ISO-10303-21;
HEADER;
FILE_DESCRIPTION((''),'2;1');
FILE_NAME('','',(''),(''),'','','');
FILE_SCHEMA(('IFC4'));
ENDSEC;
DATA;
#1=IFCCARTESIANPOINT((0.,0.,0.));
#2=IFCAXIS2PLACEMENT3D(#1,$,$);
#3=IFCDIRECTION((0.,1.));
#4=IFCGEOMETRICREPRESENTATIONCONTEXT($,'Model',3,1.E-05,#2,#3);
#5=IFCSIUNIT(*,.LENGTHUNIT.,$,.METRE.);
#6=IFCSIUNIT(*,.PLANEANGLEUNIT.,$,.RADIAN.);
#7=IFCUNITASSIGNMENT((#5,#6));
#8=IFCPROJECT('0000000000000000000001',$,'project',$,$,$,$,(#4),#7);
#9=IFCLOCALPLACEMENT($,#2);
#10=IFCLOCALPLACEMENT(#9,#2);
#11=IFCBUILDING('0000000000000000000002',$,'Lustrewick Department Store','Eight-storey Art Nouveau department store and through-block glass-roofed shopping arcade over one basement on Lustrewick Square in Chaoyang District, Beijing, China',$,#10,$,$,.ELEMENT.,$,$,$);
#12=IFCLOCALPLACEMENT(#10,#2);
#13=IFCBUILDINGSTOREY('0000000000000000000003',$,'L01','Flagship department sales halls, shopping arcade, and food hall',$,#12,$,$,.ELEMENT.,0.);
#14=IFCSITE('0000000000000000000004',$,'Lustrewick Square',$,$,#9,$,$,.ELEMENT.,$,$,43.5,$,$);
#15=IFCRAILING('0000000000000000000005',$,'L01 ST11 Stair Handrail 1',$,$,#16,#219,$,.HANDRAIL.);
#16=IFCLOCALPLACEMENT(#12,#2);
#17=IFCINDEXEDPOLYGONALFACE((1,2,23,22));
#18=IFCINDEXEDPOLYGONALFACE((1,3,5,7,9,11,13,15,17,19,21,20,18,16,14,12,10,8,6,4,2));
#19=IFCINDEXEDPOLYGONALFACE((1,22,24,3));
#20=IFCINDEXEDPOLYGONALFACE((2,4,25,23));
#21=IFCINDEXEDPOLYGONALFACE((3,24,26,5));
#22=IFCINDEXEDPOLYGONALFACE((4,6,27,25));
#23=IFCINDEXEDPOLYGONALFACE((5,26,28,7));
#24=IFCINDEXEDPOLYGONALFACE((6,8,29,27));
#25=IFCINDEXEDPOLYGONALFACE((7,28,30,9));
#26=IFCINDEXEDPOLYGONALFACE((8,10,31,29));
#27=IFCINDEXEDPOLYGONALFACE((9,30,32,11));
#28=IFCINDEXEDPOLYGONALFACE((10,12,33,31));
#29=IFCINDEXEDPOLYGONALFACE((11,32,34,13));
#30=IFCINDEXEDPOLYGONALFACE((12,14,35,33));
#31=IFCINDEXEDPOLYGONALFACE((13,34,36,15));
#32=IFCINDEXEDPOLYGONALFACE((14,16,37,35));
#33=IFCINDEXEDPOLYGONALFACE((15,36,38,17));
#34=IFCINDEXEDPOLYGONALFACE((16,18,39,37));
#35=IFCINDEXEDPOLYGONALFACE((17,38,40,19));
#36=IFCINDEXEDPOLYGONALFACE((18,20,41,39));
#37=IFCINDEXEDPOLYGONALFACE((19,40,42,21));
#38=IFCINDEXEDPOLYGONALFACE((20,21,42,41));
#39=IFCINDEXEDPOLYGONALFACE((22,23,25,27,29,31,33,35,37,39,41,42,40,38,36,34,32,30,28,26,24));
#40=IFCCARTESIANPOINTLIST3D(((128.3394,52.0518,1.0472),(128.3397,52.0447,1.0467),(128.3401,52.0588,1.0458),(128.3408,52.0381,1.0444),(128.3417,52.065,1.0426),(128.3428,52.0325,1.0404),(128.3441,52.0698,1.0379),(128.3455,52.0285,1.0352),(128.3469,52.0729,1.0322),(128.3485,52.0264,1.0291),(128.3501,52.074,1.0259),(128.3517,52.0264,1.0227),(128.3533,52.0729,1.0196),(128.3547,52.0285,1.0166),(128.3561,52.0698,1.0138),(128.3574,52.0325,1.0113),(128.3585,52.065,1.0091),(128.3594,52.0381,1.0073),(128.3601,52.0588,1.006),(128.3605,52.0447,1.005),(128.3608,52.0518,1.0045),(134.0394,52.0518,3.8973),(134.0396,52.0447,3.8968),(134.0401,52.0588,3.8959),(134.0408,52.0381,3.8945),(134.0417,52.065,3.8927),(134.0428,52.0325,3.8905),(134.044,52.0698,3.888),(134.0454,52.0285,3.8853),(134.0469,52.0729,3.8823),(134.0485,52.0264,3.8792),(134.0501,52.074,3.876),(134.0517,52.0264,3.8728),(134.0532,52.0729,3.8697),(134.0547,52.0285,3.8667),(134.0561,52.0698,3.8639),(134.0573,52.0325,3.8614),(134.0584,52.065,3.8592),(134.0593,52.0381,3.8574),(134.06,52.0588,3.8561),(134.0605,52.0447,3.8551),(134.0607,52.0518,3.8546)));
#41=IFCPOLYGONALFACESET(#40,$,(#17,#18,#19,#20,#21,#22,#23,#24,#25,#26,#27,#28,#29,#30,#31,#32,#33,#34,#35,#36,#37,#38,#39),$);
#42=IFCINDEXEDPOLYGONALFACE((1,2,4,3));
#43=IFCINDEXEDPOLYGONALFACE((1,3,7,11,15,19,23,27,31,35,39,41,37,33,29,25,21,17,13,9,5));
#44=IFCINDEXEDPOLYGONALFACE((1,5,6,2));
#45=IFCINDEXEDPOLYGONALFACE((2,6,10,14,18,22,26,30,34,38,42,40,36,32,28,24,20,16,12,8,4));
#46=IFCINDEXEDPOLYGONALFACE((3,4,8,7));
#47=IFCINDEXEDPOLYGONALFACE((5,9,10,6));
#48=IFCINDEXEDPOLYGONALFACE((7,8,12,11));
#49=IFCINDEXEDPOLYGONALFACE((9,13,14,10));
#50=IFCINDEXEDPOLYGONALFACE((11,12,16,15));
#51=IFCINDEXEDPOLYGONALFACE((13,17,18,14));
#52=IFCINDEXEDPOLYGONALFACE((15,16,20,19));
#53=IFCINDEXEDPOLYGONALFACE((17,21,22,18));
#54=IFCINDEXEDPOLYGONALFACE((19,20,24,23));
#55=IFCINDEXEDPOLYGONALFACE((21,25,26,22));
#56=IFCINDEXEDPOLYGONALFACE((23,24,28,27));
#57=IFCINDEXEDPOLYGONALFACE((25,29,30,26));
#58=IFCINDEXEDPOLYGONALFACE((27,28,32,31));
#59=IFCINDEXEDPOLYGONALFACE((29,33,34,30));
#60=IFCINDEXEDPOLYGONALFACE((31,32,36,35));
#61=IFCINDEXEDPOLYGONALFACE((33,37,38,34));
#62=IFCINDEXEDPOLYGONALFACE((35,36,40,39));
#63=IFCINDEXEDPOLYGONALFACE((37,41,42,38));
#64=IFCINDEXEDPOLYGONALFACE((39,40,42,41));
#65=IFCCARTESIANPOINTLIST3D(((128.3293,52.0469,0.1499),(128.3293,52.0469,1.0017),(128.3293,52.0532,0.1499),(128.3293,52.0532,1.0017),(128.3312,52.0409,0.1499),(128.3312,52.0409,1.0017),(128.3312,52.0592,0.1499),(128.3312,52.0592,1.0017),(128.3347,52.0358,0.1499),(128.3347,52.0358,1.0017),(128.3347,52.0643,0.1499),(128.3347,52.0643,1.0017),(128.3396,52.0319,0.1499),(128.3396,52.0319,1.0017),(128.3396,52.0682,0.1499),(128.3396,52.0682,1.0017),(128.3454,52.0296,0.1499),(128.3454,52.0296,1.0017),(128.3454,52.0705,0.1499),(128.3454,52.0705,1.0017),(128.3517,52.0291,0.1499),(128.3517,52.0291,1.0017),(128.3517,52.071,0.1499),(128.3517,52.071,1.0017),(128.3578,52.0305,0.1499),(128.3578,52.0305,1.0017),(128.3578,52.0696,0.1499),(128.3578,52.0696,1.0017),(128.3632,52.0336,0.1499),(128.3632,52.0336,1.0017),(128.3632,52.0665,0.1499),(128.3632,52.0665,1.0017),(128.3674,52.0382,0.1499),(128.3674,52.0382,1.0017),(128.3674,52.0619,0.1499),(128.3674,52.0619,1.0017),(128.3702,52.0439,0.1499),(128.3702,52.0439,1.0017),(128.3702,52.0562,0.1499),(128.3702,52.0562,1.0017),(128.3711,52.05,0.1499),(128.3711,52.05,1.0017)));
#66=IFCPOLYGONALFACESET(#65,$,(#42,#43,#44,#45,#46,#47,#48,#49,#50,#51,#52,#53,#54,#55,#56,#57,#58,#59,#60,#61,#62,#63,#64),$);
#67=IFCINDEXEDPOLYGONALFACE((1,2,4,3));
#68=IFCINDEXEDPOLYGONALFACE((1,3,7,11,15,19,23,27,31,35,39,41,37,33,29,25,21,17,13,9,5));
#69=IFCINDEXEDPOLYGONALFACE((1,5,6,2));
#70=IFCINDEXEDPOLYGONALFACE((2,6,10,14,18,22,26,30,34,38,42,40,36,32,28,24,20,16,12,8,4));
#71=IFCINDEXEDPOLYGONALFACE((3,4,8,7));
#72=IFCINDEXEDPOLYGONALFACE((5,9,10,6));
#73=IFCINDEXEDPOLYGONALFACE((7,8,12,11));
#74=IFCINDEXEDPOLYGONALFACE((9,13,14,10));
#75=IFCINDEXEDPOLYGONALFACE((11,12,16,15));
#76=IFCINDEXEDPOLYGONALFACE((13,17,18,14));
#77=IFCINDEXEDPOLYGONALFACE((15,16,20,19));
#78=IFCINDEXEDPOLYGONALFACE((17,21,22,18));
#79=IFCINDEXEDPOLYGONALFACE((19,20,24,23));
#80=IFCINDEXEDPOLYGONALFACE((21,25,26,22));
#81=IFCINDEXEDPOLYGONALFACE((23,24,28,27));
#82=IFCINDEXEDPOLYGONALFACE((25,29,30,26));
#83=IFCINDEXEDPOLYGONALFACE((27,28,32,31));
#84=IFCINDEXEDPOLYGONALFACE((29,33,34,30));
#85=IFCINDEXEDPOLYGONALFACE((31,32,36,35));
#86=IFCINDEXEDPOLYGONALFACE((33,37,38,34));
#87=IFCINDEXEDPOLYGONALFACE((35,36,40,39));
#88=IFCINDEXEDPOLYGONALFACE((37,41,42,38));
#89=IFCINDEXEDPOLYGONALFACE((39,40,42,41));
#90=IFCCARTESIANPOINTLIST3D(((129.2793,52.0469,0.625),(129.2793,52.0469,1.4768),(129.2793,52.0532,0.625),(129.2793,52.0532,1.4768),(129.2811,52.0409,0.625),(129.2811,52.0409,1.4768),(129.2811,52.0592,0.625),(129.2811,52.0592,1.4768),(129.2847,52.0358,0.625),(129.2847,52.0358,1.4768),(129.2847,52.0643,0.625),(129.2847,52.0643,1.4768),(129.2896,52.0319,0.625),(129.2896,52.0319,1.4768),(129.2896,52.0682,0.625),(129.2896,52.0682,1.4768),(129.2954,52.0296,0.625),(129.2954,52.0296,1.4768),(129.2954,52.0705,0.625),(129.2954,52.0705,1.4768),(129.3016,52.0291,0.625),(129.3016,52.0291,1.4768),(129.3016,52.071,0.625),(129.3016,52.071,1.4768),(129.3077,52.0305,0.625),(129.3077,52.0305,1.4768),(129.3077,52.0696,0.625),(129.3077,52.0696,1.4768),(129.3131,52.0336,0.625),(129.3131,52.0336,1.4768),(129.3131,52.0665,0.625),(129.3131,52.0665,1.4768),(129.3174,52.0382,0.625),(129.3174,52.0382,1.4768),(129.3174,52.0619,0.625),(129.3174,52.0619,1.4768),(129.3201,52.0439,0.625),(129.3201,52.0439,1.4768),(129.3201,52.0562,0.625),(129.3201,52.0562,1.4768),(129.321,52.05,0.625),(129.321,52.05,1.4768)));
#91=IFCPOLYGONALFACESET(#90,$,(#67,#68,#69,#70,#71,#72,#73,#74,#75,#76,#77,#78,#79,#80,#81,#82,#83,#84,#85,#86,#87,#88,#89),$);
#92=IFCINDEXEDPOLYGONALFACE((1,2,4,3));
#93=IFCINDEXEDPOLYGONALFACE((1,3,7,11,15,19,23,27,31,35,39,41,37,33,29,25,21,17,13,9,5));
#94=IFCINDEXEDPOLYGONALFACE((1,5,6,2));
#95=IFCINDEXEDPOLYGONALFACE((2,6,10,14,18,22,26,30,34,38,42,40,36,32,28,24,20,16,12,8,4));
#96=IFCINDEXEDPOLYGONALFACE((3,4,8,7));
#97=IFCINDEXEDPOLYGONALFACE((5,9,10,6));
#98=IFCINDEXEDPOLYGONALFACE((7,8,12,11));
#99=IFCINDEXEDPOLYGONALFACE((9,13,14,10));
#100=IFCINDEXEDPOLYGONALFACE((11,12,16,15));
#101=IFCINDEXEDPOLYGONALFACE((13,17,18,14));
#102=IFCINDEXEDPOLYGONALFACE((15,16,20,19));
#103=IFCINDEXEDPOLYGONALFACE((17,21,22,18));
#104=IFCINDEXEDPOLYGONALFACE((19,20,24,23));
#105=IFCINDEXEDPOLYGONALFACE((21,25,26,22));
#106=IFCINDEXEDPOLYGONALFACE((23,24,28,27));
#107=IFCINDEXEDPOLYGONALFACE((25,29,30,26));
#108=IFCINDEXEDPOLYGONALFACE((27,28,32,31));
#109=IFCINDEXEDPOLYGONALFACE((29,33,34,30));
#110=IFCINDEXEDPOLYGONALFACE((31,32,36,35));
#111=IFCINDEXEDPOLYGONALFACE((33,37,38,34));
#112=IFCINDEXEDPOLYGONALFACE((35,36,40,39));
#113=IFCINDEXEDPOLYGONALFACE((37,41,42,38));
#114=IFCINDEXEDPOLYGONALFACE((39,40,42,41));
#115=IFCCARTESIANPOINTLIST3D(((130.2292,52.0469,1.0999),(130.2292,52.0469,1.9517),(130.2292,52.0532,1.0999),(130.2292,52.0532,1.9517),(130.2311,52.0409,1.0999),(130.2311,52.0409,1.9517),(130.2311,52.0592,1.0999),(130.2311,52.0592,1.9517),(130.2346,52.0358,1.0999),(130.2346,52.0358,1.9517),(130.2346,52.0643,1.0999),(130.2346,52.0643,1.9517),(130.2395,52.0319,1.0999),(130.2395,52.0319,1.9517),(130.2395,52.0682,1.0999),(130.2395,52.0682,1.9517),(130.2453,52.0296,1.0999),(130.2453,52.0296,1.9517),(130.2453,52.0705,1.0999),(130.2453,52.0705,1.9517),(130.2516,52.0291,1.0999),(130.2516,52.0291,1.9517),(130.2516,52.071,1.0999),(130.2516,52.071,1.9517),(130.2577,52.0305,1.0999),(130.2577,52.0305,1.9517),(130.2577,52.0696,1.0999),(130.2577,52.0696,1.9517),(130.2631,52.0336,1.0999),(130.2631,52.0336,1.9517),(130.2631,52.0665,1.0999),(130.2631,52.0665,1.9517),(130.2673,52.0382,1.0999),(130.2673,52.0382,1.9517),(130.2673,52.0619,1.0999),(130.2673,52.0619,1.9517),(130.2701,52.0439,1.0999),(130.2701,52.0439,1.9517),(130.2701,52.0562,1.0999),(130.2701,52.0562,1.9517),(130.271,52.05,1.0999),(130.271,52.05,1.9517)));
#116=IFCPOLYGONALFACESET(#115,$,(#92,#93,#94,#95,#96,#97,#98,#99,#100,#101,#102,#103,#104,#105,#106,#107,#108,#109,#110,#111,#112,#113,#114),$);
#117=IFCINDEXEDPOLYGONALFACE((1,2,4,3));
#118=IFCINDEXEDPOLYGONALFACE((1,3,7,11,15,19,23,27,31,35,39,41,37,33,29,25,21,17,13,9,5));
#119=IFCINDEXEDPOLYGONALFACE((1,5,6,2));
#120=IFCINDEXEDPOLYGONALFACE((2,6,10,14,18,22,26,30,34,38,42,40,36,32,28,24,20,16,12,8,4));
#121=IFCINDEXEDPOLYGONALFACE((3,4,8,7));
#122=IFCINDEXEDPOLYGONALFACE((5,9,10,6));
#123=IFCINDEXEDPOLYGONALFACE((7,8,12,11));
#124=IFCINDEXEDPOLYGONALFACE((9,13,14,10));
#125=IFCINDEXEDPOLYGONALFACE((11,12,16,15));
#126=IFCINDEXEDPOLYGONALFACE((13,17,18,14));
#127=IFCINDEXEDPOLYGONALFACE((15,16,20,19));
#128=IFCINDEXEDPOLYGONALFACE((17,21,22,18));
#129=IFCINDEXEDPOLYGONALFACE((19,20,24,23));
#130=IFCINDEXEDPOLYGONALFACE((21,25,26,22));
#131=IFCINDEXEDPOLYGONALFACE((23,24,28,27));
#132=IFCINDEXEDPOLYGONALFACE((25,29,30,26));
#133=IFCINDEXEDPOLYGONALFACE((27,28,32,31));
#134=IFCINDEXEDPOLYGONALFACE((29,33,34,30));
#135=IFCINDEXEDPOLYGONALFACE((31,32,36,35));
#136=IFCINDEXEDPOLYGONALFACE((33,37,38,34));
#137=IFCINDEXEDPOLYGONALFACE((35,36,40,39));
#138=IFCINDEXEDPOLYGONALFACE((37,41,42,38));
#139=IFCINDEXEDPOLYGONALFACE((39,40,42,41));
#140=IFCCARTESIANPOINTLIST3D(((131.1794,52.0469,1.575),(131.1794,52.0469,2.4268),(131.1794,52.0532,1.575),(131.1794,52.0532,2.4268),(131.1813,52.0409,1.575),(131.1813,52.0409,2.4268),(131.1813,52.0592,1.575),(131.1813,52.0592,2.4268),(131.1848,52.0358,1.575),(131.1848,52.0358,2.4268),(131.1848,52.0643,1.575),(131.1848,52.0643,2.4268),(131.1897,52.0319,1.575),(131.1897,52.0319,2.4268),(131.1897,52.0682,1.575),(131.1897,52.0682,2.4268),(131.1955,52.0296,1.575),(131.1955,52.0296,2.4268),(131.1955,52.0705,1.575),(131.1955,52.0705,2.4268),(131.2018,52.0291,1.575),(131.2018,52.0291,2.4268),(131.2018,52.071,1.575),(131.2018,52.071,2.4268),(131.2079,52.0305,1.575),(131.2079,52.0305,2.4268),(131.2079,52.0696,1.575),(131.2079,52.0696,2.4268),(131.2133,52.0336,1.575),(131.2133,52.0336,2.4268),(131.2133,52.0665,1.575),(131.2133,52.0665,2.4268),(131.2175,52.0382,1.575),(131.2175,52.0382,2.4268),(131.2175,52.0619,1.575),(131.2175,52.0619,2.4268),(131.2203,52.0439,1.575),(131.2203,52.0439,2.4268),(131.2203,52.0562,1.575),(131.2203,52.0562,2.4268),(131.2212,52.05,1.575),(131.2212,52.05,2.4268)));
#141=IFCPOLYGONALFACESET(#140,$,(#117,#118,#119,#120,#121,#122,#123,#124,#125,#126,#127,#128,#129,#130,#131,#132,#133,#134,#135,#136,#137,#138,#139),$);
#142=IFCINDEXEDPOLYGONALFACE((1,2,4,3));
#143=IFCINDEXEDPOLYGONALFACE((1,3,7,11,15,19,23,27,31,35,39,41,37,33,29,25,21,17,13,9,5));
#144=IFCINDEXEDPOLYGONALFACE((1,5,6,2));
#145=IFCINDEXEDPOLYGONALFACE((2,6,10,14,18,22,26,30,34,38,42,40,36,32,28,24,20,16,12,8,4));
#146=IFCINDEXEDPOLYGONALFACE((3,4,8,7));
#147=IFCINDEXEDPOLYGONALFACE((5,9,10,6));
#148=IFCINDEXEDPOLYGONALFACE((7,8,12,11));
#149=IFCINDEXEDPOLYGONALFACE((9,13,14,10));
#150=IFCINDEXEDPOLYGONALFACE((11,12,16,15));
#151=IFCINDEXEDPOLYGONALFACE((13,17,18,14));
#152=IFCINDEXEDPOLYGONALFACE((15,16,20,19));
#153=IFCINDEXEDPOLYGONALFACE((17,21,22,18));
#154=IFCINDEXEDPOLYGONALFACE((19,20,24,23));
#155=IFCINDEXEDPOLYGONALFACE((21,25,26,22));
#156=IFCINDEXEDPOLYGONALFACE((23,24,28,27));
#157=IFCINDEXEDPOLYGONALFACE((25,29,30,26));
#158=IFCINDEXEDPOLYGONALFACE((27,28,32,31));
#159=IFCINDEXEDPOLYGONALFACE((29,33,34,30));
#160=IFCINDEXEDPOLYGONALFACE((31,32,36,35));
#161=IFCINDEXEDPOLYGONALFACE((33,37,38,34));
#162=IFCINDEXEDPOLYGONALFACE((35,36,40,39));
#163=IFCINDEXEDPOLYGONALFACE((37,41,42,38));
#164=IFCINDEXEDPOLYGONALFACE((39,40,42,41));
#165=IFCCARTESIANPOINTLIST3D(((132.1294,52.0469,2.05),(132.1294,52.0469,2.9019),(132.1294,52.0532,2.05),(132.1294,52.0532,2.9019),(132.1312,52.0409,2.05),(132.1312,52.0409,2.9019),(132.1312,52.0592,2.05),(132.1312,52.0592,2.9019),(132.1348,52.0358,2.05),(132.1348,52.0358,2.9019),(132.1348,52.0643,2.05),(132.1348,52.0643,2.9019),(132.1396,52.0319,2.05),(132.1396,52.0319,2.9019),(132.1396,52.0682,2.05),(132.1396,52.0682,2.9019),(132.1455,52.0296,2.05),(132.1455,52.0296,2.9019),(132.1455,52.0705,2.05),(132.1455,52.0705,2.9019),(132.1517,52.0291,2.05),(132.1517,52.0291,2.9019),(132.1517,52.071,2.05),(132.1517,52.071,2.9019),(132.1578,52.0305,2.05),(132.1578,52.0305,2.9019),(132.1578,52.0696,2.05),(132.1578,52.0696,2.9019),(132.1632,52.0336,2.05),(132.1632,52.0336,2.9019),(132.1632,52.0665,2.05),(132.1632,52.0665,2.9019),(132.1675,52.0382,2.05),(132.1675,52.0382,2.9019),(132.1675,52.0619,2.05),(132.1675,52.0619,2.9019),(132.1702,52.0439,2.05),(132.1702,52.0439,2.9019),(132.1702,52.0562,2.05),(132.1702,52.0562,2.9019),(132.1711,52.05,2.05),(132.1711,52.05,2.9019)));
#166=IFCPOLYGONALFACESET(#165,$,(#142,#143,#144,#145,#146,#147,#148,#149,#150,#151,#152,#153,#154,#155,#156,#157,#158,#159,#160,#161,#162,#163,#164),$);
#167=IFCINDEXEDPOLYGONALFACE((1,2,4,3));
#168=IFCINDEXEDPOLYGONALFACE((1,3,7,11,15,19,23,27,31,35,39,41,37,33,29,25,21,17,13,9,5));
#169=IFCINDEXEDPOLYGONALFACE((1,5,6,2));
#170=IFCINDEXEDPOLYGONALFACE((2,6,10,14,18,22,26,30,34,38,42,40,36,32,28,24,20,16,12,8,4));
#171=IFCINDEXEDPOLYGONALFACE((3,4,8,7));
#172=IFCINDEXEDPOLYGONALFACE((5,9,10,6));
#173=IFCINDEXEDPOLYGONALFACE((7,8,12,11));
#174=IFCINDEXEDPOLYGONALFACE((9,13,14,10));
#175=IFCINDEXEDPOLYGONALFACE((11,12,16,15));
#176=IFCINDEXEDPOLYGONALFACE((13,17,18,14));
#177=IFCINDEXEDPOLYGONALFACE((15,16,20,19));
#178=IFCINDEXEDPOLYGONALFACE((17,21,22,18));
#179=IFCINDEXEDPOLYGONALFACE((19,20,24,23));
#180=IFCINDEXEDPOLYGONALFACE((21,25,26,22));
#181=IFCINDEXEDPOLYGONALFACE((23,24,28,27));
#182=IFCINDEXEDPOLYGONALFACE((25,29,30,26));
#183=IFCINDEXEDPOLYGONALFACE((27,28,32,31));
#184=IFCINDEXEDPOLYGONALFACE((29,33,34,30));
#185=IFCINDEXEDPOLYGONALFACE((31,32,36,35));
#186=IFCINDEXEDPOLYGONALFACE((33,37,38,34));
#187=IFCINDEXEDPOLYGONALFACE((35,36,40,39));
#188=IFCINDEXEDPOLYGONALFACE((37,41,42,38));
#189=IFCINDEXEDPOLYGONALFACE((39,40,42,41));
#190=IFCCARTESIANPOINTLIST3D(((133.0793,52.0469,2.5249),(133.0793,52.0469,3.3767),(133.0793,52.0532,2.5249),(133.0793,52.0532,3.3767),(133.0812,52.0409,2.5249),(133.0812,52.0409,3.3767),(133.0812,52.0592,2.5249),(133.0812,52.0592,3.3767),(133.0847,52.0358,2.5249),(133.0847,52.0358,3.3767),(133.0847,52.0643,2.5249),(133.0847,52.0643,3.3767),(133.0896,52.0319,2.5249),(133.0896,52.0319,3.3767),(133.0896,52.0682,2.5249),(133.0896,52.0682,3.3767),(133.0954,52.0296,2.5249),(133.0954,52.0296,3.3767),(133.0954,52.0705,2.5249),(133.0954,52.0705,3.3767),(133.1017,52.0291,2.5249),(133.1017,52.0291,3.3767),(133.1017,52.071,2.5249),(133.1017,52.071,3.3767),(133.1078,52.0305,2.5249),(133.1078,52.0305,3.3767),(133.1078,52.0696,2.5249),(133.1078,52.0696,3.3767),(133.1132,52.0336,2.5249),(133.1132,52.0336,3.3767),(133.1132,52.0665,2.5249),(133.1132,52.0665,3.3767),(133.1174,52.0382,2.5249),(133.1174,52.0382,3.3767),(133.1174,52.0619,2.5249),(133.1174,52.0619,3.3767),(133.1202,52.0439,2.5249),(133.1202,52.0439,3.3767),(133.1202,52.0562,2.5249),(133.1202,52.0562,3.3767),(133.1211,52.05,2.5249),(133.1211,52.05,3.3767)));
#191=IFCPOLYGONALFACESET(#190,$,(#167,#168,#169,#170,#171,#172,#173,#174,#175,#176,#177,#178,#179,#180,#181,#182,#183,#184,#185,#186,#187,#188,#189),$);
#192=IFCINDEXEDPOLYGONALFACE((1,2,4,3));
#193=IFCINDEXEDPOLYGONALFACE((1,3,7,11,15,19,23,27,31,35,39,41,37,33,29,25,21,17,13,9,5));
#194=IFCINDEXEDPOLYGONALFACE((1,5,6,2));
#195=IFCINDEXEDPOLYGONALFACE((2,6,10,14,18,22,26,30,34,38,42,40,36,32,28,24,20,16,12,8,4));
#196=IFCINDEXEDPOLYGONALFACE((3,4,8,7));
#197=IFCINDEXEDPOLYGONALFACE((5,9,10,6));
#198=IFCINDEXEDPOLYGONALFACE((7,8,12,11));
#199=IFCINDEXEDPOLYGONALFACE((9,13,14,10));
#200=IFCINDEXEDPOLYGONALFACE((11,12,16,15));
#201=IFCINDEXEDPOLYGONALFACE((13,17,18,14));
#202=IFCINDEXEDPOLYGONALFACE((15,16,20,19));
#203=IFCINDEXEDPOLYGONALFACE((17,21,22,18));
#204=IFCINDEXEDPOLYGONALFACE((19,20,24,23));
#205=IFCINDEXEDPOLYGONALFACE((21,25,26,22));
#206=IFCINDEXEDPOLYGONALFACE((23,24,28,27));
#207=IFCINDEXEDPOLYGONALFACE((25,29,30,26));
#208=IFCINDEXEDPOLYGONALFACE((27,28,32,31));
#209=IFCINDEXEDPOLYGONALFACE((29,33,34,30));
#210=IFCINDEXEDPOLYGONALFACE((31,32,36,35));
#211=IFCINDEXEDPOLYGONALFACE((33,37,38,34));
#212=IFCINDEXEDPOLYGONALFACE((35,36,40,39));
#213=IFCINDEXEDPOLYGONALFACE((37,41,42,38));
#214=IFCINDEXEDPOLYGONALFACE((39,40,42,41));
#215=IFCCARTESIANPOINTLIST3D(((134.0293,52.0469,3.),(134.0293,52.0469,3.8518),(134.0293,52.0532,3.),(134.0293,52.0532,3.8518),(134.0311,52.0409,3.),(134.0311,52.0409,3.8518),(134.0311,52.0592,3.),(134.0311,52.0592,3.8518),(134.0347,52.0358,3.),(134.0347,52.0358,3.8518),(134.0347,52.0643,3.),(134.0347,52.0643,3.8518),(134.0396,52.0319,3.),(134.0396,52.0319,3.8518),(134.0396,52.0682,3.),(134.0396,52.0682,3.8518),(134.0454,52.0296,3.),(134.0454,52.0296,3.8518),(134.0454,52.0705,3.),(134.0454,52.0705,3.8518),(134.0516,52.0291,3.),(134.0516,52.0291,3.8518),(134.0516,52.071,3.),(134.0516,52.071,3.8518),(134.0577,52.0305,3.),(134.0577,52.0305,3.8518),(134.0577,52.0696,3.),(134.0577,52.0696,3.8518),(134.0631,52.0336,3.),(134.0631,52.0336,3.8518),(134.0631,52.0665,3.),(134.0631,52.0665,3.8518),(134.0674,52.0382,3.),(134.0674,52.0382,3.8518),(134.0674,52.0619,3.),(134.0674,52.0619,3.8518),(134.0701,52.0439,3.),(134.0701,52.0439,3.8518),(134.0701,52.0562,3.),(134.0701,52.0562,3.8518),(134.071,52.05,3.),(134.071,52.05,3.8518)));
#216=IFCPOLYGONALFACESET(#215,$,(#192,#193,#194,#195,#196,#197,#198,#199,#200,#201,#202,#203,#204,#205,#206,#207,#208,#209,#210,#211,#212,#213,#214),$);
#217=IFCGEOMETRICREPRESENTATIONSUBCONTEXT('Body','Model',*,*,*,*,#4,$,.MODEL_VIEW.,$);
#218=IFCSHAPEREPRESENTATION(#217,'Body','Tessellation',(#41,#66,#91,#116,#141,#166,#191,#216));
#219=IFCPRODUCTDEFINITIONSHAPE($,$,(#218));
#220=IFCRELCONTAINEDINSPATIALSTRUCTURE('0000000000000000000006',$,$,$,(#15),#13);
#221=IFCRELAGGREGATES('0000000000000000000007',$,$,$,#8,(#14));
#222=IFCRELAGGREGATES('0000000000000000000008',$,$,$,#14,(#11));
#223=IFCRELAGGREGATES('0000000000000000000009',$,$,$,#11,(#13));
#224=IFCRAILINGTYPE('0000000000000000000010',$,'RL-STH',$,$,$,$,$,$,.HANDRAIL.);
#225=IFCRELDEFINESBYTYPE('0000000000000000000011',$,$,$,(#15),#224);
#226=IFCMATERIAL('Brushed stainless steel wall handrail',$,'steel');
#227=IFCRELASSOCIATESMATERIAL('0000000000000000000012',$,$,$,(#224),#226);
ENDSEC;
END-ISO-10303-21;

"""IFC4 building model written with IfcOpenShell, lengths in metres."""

from ifc_helpers import new_model, si_unit, direction, frame, origin, origin_2d, place, context, subcontext, project, spatial, circle, extrude, material, type_object, element, save


model = new_model("IFC4")

# Units and contexts
model_context = context("Model", 3, precision=1e-05, world=origin(), true_north=direction((0.0, 1.0)))
body_context = subcontext(model_context, "Body", "Model", "MODEL_VIEW")
ifc_project = project(units=[si_unit("LENGTHUNIT", "METRE"), si_unit("PLANEANGLEUNIT", "RADIAN")], contexts=[model_context])

# Site, building, storey
site_placement = place(None, origin())
site = spatial("IfcSite", under=ifc_project, at=site_placement, Name="Lustrewick Square", CompositionType="ELEMENT", RefElevation=43.5)
building_placement = place(site_placement, origin())
building = spatial("IfcBuilding", under=site, at=building_placement, Name="Lustrewick Department Store", Description="Eight-storey Art Nouveau department store and through-block glass-roofed shopping arcade over one basement on Lustrewick Square in Chaoyang District, Beijing, China", CompositionType="ELEMENT")
storey_placement = place(building_placement, origin())
storey = spatial("IfcBuildingStorey", under=building, at=storey_placement, Name="L01", Description="Flagship department sales halls, shopping arcade, and food hall", CompositionType="ELEMENT", Elevation=0.0)

# Railing
ifc_material_1 = material(Name="Brushed stainless steel wall handrail", Category="steel")
railing_type_1 = type_object("IfcRailingType", Name="RL-STH", PredefinedType="HANDRAIL", material=ifc_material_1)
railing_1_placement = place(storey_placement, frame((128.3501, 52.05, 0.1499)))
element("IfcRailing", 1, at=railing_1_placement, inside=storey, type_object=railing_type_1, Name="L01 ST11 Stair Handrail 1", PredefinedType="HANDRAIL", context=body_context, shape_type="SweptSolid", body=[
    extrude(circle(Radius=0.0239, at=origin_2d()), frame((0.0, 0.0, 0.876), z_axis=(0.89442, 0.0, 0.447229), x_axis=(0.0, 1.0, 0.0)), (0.0, 0.0, 1.0), 6.3728),
    extrude(circle(Radius=0.021, at=origin_2d()), origin(), (0.0, 0.0, 1.0), 0.8518),
    extrude(circle(Radius=0.021, at=origin_2d()), frame((0.95, 0.0, 0.4751)), (0.0, 0.0, 1.0), 0.8518),
    extrude(circle(Radius=0.021, at=origin_2d()), frame((1.8999, 0.0, 0.95)), (0.0, 0.0, 1.0), 0.8518),
    extrude(circle(Radius=0.021, at=origin_2d()), frame((2.8501, 0.0, 1.425)), (0.0, 0.0, 1.0), 0.8518),
    extrude(circle(Radius=0.021, at=origin_2d()), frame((3.8, 0.0, 1.9001)), (0.0, 0.0, 1.0), 0.8518),
    extrude(circle(Radius=0.021, at=origin_2d()), frame((4.75, 0.0, 2.375)), (0.0, 0.0, 1.0), 0.8518),
    extrude(circle(Radius=0.021, at=origin_2d()), frame((5.7, 0.0, 2.8501)), (0.0, 0.0, 1.0), 0.8518),
])

save(model, "model.ifc")
